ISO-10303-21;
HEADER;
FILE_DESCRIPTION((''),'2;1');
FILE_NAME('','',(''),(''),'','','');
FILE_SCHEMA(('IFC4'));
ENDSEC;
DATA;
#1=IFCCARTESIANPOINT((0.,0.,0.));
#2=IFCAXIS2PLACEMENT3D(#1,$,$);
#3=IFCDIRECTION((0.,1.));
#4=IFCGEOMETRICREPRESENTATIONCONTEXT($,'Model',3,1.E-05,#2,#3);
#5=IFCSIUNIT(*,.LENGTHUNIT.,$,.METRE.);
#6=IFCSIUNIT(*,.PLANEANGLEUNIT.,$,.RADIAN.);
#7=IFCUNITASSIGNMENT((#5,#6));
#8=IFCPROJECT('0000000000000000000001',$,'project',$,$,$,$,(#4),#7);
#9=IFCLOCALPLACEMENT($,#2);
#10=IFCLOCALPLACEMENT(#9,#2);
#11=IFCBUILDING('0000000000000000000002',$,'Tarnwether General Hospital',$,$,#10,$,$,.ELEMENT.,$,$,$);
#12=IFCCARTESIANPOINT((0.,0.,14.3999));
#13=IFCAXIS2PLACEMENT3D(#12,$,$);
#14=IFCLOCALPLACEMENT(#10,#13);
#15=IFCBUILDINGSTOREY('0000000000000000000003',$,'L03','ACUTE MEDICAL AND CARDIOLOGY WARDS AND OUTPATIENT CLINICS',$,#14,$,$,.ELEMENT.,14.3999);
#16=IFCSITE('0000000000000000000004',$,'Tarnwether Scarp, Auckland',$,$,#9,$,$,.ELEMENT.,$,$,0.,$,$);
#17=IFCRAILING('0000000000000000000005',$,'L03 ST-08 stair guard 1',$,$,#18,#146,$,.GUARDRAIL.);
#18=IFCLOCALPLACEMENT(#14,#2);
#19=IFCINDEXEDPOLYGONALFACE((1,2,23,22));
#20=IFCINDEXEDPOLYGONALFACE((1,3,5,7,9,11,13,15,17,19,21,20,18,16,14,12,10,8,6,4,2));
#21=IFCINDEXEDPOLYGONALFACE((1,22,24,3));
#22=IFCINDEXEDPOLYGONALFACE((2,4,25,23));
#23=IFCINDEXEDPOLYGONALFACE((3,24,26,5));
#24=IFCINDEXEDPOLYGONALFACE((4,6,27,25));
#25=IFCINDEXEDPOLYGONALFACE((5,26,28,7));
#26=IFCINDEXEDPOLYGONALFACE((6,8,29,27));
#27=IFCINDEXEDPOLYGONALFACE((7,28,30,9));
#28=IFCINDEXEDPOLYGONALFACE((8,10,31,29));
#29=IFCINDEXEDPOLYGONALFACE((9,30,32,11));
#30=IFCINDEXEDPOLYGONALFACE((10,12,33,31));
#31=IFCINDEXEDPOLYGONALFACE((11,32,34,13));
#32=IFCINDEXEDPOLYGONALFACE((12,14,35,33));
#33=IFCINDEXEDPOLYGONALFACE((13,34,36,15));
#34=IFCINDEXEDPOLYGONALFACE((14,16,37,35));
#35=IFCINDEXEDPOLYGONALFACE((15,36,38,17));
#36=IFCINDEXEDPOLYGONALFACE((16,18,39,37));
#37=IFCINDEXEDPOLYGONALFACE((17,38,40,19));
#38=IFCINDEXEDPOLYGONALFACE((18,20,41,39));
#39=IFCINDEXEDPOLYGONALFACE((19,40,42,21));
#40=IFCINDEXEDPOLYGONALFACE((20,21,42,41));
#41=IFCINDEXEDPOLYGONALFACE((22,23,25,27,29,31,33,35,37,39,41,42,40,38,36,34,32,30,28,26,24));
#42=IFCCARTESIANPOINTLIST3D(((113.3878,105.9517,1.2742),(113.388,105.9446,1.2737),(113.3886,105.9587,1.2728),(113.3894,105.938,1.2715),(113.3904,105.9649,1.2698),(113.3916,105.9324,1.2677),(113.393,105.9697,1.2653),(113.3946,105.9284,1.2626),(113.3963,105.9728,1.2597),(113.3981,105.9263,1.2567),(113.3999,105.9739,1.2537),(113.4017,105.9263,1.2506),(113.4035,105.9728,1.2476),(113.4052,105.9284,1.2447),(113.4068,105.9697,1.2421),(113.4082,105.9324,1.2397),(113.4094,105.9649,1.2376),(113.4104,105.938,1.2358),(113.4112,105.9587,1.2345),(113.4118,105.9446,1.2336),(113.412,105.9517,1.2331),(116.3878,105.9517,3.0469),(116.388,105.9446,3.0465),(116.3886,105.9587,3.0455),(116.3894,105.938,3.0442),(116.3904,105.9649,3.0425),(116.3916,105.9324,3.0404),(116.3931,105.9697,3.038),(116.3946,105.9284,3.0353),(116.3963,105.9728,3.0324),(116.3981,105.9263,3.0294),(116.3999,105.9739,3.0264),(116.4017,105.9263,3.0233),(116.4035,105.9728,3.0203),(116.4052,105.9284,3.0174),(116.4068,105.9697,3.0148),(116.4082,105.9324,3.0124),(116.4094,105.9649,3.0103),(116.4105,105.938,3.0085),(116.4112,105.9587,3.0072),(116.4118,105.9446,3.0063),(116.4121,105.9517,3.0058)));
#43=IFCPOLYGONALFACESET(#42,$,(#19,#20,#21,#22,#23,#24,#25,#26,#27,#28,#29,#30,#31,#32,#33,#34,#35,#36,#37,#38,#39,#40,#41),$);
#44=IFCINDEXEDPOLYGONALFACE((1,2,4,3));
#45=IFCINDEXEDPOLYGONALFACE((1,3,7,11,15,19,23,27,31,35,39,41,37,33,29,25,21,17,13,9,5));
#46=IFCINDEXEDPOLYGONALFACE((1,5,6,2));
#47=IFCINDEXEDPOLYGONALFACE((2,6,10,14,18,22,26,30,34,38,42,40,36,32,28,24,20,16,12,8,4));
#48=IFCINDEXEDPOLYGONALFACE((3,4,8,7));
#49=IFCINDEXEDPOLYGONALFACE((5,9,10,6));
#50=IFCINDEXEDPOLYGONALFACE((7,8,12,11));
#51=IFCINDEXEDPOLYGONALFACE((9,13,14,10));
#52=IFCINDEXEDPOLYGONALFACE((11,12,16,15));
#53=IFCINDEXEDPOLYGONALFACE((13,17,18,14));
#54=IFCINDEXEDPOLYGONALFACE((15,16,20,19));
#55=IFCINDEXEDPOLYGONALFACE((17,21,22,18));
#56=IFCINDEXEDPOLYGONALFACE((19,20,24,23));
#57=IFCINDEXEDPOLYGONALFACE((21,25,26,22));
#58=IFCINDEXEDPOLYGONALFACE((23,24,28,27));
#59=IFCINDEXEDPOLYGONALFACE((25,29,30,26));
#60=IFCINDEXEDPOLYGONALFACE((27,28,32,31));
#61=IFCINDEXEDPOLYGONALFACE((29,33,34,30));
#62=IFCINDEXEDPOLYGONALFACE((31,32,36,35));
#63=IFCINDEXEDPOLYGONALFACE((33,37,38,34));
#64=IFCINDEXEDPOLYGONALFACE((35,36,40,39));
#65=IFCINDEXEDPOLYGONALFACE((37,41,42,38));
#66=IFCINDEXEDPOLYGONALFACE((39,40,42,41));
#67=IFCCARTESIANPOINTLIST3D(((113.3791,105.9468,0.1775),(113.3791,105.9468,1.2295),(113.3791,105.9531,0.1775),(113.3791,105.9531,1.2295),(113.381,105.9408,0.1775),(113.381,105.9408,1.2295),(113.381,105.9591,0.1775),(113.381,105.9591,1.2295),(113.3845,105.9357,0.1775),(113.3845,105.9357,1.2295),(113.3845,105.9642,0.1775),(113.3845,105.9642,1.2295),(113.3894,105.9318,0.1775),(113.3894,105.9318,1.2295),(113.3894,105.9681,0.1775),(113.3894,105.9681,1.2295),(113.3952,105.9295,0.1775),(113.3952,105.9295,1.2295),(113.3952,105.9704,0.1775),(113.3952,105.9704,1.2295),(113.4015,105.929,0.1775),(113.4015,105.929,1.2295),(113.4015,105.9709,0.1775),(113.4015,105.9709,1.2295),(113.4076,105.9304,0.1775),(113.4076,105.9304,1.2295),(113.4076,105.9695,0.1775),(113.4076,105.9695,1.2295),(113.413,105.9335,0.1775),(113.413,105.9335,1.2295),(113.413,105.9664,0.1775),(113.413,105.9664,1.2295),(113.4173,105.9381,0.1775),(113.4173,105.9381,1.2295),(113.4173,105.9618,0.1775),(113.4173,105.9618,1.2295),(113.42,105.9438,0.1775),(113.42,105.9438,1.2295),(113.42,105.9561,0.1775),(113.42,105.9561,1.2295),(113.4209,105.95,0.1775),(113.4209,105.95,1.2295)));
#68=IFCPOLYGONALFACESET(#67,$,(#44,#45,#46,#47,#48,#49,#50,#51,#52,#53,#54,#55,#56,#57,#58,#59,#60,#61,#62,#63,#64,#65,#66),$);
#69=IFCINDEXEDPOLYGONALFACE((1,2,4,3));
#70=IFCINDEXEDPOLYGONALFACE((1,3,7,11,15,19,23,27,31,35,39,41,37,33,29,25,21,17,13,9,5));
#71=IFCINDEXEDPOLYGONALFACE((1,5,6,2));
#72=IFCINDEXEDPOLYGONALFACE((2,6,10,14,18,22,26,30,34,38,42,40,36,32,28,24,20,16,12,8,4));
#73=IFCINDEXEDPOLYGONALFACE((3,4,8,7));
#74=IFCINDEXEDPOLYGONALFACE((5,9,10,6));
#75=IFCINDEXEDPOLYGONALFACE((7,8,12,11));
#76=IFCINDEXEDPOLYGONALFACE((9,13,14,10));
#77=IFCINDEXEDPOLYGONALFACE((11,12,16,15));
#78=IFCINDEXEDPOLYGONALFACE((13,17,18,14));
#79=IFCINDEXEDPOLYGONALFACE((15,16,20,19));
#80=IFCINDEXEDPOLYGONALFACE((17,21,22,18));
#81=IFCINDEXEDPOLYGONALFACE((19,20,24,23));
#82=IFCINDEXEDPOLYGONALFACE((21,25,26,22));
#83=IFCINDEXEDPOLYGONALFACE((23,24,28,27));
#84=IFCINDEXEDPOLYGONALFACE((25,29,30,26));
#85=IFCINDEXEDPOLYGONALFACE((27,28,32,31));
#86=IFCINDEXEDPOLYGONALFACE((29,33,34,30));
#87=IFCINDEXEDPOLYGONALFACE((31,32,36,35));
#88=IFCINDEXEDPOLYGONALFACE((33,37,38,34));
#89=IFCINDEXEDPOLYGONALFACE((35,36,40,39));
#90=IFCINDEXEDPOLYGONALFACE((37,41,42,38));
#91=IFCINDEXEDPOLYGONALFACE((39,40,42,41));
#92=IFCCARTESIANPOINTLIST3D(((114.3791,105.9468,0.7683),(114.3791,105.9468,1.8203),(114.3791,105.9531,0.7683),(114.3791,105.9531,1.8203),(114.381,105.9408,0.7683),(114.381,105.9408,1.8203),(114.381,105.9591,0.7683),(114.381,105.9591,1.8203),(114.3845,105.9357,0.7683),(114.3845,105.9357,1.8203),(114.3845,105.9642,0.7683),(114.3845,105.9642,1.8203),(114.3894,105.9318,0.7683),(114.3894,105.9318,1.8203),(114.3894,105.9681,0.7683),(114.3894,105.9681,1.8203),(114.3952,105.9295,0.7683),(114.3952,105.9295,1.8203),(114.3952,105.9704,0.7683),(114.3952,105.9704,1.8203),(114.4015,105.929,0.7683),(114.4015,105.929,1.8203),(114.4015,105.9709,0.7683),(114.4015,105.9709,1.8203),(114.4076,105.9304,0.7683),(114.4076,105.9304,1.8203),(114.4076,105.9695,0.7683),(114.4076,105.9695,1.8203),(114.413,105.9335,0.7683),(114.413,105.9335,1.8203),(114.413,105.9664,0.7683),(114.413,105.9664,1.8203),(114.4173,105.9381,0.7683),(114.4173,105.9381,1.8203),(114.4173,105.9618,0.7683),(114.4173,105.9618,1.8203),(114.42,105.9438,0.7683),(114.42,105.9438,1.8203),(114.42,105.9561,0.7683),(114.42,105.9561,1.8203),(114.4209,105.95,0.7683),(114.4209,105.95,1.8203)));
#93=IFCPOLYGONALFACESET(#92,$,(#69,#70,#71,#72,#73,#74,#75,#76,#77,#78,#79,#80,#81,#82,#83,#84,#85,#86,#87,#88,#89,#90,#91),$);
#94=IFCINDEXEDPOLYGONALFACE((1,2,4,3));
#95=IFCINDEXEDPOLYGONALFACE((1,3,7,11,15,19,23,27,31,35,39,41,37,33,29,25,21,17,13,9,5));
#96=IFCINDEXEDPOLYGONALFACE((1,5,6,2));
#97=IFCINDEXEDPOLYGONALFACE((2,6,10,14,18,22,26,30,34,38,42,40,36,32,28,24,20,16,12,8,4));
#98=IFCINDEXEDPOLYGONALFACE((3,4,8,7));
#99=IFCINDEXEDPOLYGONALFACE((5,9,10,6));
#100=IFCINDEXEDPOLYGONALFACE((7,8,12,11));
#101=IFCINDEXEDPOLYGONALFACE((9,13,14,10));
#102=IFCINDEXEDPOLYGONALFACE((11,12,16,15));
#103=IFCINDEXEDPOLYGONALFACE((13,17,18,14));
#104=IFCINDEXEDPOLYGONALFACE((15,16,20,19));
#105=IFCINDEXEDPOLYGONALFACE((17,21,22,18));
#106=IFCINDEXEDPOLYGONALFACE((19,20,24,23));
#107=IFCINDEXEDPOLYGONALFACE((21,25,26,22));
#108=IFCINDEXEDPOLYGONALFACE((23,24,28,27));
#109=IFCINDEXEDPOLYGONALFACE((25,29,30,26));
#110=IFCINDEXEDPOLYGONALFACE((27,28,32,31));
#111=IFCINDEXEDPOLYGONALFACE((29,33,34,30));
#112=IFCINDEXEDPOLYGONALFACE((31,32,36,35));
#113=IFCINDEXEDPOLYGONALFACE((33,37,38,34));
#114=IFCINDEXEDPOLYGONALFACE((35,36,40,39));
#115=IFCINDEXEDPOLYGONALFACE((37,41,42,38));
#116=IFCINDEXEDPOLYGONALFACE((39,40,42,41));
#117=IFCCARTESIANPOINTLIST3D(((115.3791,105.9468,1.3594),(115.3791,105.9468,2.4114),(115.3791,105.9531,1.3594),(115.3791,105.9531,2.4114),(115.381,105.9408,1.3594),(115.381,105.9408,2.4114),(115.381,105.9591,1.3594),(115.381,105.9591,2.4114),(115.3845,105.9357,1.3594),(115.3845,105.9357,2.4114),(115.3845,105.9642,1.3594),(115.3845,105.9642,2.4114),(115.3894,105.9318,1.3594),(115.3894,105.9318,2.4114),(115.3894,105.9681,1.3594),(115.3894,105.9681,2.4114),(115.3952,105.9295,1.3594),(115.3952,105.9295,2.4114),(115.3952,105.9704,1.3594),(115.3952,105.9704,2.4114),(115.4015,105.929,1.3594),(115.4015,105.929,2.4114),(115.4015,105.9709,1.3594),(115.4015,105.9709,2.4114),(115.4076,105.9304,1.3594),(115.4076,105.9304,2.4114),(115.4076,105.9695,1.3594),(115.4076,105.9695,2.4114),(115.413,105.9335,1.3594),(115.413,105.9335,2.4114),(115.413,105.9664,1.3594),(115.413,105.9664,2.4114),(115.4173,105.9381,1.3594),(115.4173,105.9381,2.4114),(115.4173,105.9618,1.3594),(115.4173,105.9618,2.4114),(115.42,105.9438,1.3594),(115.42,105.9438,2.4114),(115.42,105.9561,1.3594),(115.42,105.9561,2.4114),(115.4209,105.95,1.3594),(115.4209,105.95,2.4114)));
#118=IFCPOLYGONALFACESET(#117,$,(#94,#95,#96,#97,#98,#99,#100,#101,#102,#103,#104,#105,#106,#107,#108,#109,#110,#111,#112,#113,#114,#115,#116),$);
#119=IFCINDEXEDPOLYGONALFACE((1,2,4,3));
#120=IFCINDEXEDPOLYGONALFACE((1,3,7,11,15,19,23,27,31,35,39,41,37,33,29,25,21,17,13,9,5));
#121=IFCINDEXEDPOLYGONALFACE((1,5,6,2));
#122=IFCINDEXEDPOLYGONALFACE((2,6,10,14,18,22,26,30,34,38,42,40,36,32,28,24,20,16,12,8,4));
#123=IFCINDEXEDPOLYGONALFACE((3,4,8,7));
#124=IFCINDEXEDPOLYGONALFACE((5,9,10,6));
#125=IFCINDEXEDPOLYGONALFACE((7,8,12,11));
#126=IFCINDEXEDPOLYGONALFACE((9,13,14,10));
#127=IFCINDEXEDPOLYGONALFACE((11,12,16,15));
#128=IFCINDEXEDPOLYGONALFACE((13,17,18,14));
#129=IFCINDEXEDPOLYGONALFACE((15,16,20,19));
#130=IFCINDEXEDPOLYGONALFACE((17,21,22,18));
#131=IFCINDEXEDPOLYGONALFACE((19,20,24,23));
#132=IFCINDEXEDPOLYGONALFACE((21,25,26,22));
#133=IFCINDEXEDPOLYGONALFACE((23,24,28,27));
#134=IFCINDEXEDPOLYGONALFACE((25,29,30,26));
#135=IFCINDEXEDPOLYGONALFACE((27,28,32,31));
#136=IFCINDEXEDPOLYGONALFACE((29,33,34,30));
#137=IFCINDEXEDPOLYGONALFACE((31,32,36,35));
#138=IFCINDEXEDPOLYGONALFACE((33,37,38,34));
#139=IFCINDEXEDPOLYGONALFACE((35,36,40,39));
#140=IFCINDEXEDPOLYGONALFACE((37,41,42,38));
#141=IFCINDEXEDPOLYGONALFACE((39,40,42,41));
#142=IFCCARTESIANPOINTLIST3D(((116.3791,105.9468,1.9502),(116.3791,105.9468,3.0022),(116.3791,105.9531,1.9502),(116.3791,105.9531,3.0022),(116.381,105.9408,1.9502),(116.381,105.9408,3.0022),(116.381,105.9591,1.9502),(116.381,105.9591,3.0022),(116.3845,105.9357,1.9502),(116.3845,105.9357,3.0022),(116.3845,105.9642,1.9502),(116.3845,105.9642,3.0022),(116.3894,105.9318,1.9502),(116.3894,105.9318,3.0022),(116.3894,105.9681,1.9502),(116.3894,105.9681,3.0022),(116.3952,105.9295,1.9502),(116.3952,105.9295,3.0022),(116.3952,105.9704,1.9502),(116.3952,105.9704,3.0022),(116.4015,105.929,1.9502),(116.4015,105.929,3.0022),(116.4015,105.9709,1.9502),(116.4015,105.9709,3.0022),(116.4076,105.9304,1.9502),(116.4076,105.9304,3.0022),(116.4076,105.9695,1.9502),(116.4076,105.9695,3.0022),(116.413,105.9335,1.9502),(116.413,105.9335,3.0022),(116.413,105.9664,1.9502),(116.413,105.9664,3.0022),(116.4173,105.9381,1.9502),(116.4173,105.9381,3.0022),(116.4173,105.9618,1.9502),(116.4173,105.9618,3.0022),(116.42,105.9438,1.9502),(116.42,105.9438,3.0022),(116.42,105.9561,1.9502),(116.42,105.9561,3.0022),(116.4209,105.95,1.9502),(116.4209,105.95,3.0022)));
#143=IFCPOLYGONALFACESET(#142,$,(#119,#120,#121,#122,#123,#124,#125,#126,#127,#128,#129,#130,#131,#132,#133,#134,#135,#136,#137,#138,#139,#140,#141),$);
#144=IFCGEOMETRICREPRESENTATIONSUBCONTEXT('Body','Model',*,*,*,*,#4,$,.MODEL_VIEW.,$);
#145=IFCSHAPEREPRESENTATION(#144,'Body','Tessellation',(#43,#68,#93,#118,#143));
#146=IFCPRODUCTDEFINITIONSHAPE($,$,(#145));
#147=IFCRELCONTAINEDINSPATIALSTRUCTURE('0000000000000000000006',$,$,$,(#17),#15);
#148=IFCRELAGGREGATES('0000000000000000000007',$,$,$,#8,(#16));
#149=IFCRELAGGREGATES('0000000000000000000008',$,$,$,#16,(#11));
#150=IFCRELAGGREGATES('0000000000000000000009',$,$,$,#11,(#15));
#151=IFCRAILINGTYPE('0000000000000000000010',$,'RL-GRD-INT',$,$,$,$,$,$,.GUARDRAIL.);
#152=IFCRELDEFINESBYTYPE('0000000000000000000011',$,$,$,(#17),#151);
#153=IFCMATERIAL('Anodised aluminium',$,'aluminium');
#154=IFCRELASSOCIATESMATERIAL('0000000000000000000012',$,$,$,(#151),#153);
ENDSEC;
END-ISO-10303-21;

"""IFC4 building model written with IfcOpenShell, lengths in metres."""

from ifc_helpers import new_model, si_unit, direction, frame, origin, origin_2d, place, context, subcontext, project, spatial, circle, extrude, material, type_object, element, save


model = new_model("IFC4")

# Units and contexts
model_context = context("Model", 3, precision=1e-05, world=origin(), true_north=direction((0.0, 1.0)))
body_context = subcontext(model_context, "Body", "Model", "MODEL_VIEW")
ifc_project = project(units=[si_unit("LENGTHUNIT", "METRE"), si_unit("PLANEANGLEUNIT", "RADIAN")], contexts=[model_context])

# Site, building, storey
site_placement = place(None, origin())
site = spatial("IfcSite", under=ifc_project, at=site_placement, Name="Tarnwether Scarp, Auckland", CompositionType="ELEMENT", RefElevation=0.0)
building_placement = place(site_placement, origin())
building = spatial("IfcBuilding", under=site, at=building_placement, Name="Tarnwether General Hospital", CompositionType="ELEMENT")
storey_placement = place(building_placement, frame((0.0, 0.0, 14.3999)))
storey = spatial("IfcBuildingStorey", under=building, at=storey_placement, Name="L03", Description="ACUTE MEDICAL AND CARDIOLOGY WARDS AND OUTPATIENT CLINICS", CompositionType="ELEMENT", Elevation=14.3999)

# Railing
ifc_material_1 = material(Name="Anodised aluminium", Category="aluminium")
railing_type_1 = type_object("IfcRailingType", Name="RL-GRD-INT", PredefinedType="GUARDRAIL", material=ifc_material_1)
railing_1_placement = place(storey_placement, frame((113.3999, 105.95, 0.1775)))
element("IfcRailing", 1, at=railing_1_placement, inside=storey, type_object=railing_type_1, Name="L03 ST-08 stair guard 1", PredefinedType="GUARDRAIL", context=body_context, shape_type="SweptSolid", body=[
    extrude(circle(Radius=0.0239, at=origin_2d()), frame((0.0, 0.0, 1.0762), z_axis=(0.860929, 0.0, 0.508725), x_axis=(0.0, 1.0, 0.0)), (0.0, 0.0, 1.0), 3.4846),
    extrude(circle(Radius=0.021, at=origin_2d()), origin(), (0.0, 0.0, 1.0), 1.052),
    extrude(circle(Radius=0.021, at=origin_2d()), frame((1.0, 0.0, 0.5908)), (0.0, 0.0, 1.0), 1.052),
    extrude(circle(Radius=0.021, at=origin_2d()), frame((2.0, 0.0, 1.1819)), (0.0, 0.0, 1.0), 1.052),
    extrude(circle(Radius=0.021, at=origin_2d()), frame((3.0, 0.0, 1.7727)), (0.0, 0.0, 1.0), 1.052),
])

save(model, "model.ifc")
